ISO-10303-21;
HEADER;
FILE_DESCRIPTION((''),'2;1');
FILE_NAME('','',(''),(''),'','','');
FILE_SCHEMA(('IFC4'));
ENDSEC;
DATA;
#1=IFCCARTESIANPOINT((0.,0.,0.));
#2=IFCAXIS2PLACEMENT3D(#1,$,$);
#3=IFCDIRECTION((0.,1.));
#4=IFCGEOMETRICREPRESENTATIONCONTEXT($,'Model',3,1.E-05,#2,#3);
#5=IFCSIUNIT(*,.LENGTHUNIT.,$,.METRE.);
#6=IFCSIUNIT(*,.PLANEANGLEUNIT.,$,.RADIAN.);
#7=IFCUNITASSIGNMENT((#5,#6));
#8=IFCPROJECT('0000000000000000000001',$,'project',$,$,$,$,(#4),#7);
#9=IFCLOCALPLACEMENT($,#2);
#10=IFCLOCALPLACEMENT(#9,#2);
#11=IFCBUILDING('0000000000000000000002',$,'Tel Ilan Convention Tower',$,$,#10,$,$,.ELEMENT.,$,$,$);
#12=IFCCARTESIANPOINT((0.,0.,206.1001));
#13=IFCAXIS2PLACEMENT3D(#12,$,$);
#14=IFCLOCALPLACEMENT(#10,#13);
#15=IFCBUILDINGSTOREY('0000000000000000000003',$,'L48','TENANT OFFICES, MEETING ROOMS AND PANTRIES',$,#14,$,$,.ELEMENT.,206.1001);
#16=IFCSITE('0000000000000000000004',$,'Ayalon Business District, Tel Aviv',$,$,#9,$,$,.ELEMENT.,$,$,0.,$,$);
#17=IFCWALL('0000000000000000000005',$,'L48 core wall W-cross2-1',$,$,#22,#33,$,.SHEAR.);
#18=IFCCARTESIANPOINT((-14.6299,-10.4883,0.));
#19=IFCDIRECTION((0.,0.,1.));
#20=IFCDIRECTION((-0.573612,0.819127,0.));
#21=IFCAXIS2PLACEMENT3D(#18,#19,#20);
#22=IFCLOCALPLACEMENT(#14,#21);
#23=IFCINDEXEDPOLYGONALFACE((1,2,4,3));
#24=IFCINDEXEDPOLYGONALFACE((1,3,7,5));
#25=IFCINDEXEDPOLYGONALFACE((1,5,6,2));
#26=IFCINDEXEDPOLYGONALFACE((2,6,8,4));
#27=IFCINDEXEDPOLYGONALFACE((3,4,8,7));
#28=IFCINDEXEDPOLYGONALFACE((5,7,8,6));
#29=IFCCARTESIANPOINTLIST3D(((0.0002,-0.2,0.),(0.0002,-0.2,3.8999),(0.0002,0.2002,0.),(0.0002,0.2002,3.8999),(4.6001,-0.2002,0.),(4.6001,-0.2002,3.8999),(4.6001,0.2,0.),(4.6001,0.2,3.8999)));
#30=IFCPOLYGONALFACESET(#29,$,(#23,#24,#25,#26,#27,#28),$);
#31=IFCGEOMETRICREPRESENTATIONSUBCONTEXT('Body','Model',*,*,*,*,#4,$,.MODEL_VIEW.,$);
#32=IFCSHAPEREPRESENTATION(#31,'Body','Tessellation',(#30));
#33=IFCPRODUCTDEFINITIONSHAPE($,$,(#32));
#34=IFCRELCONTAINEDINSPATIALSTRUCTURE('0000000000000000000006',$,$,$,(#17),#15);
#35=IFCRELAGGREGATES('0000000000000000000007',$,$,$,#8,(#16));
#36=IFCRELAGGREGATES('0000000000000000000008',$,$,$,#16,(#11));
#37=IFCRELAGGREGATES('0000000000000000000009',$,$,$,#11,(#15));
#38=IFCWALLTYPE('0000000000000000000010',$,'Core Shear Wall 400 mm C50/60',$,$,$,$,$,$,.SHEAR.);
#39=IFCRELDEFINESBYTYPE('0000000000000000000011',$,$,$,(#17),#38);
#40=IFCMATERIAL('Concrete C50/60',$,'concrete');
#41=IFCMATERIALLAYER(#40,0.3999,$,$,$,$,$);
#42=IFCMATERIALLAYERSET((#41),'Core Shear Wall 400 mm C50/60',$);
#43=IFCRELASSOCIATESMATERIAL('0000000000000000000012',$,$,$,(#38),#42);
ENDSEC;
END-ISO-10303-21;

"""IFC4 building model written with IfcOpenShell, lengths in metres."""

from ifc_helpers import new_model, si_unit, direction, frame, origin, place, context, subcontext, project, spatial, polyline, outline, extrude, material, layer, layer_set, type_object, element, save


model = new_model("IFC4")

# Units and contexts
model_context = context("Model", 3, precision=1e-05, world=origin(), true_north=direction((0.0, 1.0)))
body_context = subcontext(model_context, "Body", "Model", "MODEL_VIEW")
ifc_project = project(units=[si_unit("LENGTHUNIT", "METRE"), si_unit("PLANEANGLEUNIT", "RADIAN")], contexts=[model_context])

# Site, building, storey
site_placement = place(None, origin())
site = spatial("IfcSite", under=ifc_project, at=site_placement, Name="Ayalon Business District, Tel Aviv", CompositionType="ELEMENT", RefElevation=0.0)
building_placement = place(site_placement, origin())
building = spatial("IfcBuilding", under=site, at=building_placement, Name="Tel Ilan Convention Tower", CompositionType="ELEMENT")
storey_placement = place(building_placement, frame((0.0, 0.0, 206.1001)))
storey = spatial("IfcBuildingStorey", under=building, at=storey_placement, Name="L48", Description="TENANT OFFICES, MEETING ROOMS AND PANTRIES", CompositionType="ELEMENT", Elevation=206.1001)

# Wall
ifc_material_1 = material(Name="Concrete C50/60", Category="concrete")
ifc_layer_1 = layer(ifc_material_1, 0.3999)
ifc_layer_set_1 = layer_set([ifc_layer_1], Name="Core Shear Wall 400 mm C50/60")
wall_type_1 = type_object("IfcWallType", Name="Core Shear Wall 400 mm C50/60", PredefinedType="SHEAR", material=ifc_layer_set_1)
wall_1_placement = place(storey_placement, frame((-14.6299, -10.4883, 0.0), z_axis=(0.0, 0.0, 1.0), x_axis=(-0.573612, 0.819127, 0.0)))
element("IfcWall", 1, at=wall_1_placement, inside=storey, type_object=wall_type_1, Name="L48 core wall W-cross2-1", PredefinedType="SHEAR", context=body_context, shape_type="SweptSolid", body=[
    extrude(outline(polyline([(4.6001, 0.2), (0.0002, 0.2002), (0.0002, -0.2), (4.6001, -0.2002), (4.6001, 0.2)])), origin(), (0.0, 0.0, 1.0), 3.8999),
])

save(model, "model.ifc")
